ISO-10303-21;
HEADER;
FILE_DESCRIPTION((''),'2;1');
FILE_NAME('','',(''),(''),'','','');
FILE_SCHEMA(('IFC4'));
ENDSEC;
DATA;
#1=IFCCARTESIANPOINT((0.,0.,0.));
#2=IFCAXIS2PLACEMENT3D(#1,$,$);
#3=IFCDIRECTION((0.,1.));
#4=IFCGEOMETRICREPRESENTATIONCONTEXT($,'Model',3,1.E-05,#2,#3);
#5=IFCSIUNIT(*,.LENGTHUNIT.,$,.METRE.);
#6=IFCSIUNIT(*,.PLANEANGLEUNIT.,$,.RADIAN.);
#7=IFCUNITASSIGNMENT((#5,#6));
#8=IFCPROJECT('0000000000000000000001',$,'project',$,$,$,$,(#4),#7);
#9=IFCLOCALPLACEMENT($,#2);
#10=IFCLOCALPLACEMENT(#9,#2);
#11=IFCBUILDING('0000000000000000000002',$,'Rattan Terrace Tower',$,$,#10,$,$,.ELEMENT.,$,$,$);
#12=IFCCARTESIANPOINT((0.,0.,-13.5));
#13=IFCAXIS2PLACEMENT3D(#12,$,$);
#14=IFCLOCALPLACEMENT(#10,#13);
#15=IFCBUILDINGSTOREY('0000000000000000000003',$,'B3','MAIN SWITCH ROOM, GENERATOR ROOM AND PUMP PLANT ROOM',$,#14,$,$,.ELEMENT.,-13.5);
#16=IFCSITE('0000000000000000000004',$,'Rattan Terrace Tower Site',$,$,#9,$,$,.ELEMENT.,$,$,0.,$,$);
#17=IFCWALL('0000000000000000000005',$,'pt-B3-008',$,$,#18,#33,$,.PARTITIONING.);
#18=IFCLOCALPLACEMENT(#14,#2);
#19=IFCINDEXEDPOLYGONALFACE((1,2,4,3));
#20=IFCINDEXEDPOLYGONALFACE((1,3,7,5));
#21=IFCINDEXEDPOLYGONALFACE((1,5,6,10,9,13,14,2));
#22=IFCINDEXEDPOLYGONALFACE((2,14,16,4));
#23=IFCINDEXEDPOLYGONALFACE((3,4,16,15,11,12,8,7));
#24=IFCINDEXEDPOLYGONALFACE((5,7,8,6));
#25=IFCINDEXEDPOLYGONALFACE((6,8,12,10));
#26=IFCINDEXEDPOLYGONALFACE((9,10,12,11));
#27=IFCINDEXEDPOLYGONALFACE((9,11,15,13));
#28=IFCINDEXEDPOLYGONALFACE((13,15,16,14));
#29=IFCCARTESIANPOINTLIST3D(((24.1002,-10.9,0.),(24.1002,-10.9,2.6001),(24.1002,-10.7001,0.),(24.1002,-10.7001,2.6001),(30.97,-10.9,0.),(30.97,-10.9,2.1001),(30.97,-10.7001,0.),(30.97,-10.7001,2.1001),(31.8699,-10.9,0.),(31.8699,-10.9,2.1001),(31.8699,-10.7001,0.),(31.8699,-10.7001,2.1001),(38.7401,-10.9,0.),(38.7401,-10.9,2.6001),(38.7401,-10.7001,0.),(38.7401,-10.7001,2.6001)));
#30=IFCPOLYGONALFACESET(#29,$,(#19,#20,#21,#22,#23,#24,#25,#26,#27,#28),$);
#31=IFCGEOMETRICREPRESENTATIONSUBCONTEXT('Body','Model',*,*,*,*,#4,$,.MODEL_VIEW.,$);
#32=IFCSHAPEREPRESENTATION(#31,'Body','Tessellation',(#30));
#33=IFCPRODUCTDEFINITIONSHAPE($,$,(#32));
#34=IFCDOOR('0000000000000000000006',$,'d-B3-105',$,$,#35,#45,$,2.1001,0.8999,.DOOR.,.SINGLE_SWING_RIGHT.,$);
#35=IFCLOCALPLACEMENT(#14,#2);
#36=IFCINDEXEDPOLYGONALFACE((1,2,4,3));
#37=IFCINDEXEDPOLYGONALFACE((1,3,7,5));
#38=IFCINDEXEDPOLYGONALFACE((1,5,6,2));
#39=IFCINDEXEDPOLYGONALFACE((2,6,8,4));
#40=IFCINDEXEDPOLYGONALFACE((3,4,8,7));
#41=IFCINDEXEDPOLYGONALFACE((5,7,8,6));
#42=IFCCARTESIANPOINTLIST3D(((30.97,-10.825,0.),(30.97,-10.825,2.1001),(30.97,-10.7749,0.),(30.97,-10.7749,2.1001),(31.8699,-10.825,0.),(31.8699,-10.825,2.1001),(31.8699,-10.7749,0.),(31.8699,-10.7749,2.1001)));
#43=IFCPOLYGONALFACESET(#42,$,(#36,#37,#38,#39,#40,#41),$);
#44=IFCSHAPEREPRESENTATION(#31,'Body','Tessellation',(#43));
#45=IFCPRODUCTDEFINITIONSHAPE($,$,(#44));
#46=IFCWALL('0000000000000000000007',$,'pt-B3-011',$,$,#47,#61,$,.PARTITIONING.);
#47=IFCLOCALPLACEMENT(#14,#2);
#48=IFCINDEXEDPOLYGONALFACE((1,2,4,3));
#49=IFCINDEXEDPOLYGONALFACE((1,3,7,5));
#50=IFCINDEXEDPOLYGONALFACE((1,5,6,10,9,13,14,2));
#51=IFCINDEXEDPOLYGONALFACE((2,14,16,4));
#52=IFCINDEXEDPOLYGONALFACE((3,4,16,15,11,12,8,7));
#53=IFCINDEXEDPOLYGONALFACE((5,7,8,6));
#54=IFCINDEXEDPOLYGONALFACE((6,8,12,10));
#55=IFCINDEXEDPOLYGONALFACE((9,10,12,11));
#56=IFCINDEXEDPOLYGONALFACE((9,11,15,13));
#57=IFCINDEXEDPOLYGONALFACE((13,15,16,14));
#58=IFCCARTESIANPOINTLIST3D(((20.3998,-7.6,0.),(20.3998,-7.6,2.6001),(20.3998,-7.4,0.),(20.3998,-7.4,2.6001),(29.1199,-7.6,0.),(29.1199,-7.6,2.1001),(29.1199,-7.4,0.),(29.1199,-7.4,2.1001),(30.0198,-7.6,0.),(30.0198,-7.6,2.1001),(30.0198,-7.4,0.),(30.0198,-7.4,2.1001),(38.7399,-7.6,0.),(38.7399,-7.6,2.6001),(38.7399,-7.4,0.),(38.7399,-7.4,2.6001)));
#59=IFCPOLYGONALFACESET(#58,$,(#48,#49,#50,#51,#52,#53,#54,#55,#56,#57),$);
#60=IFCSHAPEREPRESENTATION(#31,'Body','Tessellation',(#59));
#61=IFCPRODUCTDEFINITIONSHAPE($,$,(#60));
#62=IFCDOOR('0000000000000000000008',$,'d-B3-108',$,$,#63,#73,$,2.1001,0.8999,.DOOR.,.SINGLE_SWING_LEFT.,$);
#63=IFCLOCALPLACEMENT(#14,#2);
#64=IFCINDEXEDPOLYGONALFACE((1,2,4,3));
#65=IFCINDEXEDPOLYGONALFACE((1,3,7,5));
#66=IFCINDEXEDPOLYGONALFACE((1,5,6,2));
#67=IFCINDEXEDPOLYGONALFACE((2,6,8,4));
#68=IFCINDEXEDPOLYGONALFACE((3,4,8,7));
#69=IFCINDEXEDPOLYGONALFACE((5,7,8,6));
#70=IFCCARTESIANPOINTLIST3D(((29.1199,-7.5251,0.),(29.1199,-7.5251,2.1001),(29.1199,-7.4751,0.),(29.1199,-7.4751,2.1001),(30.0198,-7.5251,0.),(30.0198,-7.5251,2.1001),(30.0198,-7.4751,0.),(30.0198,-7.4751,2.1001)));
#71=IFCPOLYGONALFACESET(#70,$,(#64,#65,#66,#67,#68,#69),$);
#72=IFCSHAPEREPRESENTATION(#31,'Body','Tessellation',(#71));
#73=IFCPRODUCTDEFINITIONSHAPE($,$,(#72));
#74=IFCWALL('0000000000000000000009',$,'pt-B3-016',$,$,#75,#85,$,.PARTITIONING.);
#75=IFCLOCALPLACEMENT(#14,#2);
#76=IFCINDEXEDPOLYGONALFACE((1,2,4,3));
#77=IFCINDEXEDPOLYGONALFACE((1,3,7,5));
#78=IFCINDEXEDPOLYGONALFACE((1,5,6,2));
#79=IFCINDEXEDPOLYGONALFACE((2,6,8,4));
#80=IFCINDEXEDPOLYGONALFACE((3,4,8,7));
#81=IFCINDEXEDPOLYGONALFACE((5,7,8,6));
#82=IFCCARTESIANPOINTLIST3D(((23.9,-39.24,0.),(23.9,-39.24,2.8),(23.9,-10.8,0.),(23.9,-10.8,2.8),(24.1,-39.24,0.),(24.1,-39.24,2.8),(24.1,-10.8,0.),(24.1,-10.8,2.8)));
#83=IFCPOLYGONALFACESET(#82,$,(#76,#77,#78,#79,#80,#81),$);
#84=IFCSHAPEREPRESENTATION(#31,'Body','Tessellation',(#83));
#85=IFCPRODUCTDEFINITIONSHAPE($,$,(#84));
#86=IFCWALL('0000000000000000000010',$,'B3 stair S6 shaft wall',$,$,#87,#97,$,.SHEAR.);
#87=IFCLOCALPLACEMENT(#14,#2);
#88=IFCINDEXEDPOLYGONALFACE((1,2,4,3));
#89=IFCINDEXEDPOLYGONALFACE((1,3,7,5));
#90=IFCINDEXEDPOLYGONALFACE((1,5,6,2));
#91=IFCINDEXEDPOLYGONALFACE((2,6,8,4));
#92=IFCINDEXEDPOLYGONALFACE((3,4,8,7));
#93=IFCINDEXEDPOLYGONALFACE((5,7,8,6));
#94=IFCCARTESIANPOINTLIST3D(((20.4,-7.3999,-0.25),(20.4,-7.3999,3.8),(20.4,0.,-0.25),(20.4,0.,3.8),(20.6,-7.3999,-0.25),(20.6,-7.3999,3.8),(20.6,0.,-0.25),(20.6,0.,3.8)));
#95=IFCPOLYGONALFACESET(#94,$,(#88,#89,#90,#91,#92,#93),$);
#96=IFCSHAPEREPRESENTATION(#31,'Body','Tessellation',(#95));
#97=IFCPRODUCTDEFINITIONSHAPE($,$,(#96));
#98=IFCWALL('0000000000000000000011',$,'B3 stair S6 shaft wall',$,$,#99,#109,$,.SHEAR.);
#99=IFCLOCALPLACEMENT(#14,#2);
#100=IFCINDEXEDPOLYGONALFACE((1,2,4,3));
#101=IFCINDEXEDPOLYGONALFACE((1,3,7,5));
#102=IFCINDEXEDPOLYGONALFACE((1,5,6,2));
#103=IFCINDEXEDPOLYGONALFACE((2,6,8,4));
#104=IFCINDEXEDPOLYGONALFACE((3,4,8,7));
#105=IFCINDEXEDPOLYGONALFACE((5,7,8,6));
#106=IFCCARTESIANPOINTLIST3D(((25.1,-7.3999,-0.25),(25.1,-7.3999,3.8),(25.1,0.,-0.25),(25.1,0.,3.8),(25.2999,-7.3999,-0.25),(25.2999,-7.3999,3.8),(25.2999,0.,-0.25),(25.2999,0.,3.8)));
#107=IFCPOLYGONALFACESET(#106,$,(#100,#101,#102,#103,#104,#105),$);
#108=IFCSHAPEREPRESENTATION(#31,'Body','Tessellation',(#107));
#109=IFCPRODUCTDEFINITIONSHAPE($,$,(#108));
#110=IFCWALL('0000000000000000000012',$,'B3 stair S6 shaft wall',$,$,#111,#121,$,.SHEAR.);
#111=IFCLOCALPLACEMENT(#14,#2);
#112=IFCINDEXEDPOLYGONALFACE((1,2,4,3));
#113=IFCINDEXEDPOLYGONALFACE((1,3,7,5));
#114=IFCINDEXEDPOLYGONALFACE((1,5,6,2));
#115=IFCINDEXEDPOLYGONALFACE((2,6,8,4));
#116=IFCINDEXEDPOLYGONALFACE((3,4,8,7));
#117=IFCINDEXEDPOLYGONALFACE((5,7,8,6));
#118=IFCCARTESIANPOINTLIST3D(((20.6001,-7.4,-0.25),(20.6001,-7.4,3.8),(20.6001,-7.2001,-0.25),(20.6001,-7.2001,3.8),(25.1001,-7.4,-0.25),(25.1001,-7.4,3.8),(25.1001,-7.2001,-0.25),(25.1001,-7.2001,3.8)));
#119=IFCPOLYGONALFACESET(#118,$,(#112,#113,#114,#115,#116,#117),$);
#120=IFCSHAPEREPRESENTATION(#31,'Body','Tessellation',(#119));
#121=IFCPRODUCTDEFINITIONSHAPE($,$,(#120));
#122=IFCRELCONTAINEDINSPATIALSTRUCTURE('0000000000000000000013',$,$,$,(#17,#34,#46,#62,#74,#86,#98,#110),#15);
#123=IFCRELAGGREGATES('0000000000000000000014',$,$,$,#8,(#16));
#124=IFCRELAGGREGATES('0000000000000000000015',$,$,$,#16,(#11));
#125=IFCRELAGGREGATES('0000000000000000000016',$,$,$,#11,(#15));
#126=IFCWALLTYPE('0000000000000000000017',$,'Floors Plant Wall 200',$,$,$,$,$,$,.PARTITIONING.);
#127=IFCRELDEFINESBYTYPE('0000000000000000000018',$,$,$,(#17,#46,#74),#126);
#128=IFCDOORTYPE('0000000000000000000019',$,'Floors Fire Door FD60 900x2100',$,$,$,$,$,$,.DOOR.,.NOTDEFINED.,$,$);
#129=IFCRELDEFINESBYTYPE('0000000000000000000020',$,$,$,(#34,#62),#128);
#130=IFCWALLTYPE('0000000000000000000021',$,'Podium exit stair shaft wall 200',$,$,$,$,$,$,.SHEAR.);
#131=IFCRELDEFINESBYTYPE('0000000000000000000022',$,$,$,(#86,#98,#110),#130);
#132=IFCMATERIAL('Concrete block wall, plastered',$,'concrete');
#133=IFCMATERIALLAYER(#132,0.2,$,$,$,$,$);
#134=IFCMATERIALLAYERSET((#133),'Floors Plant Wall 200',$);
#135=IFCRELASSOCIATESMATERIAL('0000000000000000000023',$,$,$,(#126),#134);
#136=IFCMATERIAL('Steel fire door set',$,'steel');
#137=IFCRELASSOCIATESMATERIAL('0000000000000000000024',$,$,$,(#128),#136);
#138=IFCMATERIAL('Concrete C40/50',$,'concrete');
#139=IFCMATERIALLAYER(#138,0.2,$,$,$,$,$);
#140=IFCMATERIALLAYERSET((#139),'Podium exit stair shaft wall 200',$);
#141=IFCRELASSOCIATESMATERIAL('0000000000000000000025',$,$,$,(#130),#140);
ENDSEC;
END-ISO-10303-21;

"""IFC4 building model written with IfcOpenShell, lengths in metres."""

from ifc_helpers import new_model, si_unit, direction, frame, frame_2d, origin, place, context, subcontext, project, spatial, rectangle, extrude, material, layer, layer_set, type_object, element, fill, save


model = new_model("IFC4")

# Units and contexts
model_context = context("Model", 3, precision=1e-05, world=origin(), true_north=direction((0.0, 1.0)))
body_context = subcontext(model_context, "Body", "Model", "MODEL_VIEW")
ifc_project = project(units=[si_unit("LENGTHUNIT", "METRE"), si_unit("PLANEANGLEUNIT", "RADIAN")], contexts=[model_context])

# Site, building, storey
site_placement = place(None, origin())
site = spatial("IfcSite", under=ifc_project, at=site_placement, Name="Rattan Terrace Tower Site", CompositionType="ELEMENT", RefElevation=0.0)
building_placement = place(site_placement, origin())
building = spatial("IfcBuilding", under=site, at=building_placement, Name="Rattan Terrace Tower", CompositionType="ELEMENT")
storey_placement = place(building_placement, frame((0.0, 0.0, -13.5)))
storey = spatial("IfcBuildingStorey", under=building, at=storey_placement, Name="B3", Description="MAIN SWITCH ROOM, GENERATOR ROOM AND PUMP PLANT ROOM", CompositionType="ELEMENT", Elevation=-13.5)

# Walls, openings, doors
ifc_material_1 = material(Name="Concrete block wall, plastered", Category="concrete")
ifc_layer_1 = layer(ifc_material_1, 0.2)
ifc_layer_set_1 = layer_set([ifc_layer_1], Name="Floors Plant Wall 200")
wall_type_1 = type_object("IfcWallType", Name="Floors Plant Wall 200", PredefinedType="PARTITIONING", material=ifc_layer_set_1)
ifc_material_2 = material(Name="Steel fire door set", Category="steel")
door_type = type_object("IfcDoorType", Name="Floors Fire Door FD60 900x2100", OperationType="NOTDEFINED", PredefinedType="DOOR", material=ifc_material_2)
wall_1_placement = place(storey_placement, frame((38.74, -10.8, 0.0), z_axis=(0.0, 0.0, 1.0), x_axis=(-1.0, 0.0, 0.0)))
wall_1 = element("IfcWall", 1, at=wall_1_placement, inside=storey, type_object=wall_type_1, Name="pt-B3-008", PredefinedType="PARTITIONING", context=body_context, shape_type="SweptSolid", body=[
    extrude(rectangle(XDim=14.6399, YDim=0.2, at=frame_2d((7.3198, 0.0))), origin(), (0.0, 0.0, 1.0), 2.6001),
])
opening_1_placement = place(wall_1_placement, frame((6.8701, 0.0, 0.0)))
opening_1 = element("IfcOpeningElement", 2, at=opening_1_placement, cuts=wall_1, PredefinedType="OPENING", context=body_context, shape_type="SweptSolid", body=[
    extrude(rectangle(XDim=0.8999, YDim=2.1001, at=frame_2d((0.45, 1.05))), frame((0.0, 0.1106, 0.0), z_axis=(0.0, -1.0, 0.0), x_axis=(1.0, 0.0, 0.0)), (0.0, 0.0, 1.0), 0.2209),
])
door_1_placement = place(opening_1_placement, origin())
door_1 = element("IfcDoor", 3, at=door_1_placement, inside=storey, type_object=door_type, Name="d-B3-105", OperationType="SINGLE_SWING_RIGHT", OverallHeight=2.1001, OverallWidth=0.8999, PredefinedType="DOOR", context=body_context, shape_type="SweptSolid", body=[
    extrude(rectangle(XDim=0.8999, YDim=2.1001, at=frame_2d((0.45, 1.05))), frame((0.0, 0.0249, 0.0), z_axis=(0.0, -1.0, 0.0), x_axis=(1.0, 0.0, 0.0)), (0.0, 0.0, 1.0), 0.05),
])
fill(opening_1, door_1)
wall_2_placement = place(storey_placement, frame((20.3999, -7.5, 0.0), z_axis=(0.0, 0.0, 1.0), x_axis=(1.0, 0.0, 0.0)))
wall_2 = element("IfcWall", 4, at=wall_2_placement, inside=storey, type_object=wall_type_1, Name="pt-B3-011", PredefinedType="PARTITIONING", context=body_context, shape_type="SweptSolid", body=[
    extrude(rectangle(XDim=18.3401, YDim=0.2, at=frame_2d((9.1699, 0.0))), origin(), (0.0, 0.0, 1.0), 2.6001),
])
opening_2_placement = place(wall_2_placement, frame((8.72, 0.0, 0.0)))
opening_2 = element("IfcOpeningElement", 5, at=opening_2_placement, cuts=wall_2, PredefinedType="OPENING", context=body_context, shape_type="SweptSolid", body=[
    extrude(rectangle(XDim=0.8999, YDim=2.1001, at=frame_2d((0.45, 1.05))), frame((0.0, 0.1106, 0.0), z_axis=(0.0, -1.0, 0.0), x_axis=(1.0, 0.0, 0.0)), (0.0, 0.0, 1.0), 0.2209),
])
door_2_placement = place(opening_2_placement, origin())
door_2 = element("IfcDoor", 6, at=door_2_placement, inside=storey, type_object=door_type, Name="d-B3-108", OperationType="SINGLE_SWING_LEFT", OverallHeight=2.1001, OverallWidth=0.8999, PredefinedType="DOOR", context=body_context, shape_type="SweptSolid", body=[
    extrude(rectangle(XDim=0.8999, YDim=2.1001, at=frame_2d((0.45, 1.05))), frame((0.0, 0.0249, 0.0), z_axis=(0.0, -1.0, 0.0), x_axis=(1.0, 0.0, 0.0)), (0.0, 0.0, 1.0), 0.05),
])
fill(opening_2, door_2)

# Walls
wall_3_placement = place(storey_placement, frame((24.0, -10.8, 0.0), z_axis=(0.0, 0.0, 1.0), x_axis=(0.0, -1.0, 0.0)))
element("IfcWall", 7, at=wall_3_placement, inside=storey, type_object=wall_type_1, Name="pt-B3-016", PredefinedType="PARTITIONING", context=body_context, shape_type="SweptSolid", body=[
    extrude(rectangle(XDim=28.4399, YDim=0.2, at=frame_2d((14.22, 0.0))), origin(), (0.0, 0.0, 1.0), 2.8),
])
ifc_material_3 = material(Name="Concrete C40/50", Category="concrete")
ifc_layer_2 = layer(ifc_material_3, 0.2)
ifc_layer_set_2 = layer_set([ifc_layer_2], Name="Podium exit stair shaft wall 200")
wall_type_2 = type_object("IfcWallType", Name="Podium exit stair shaft wall 200", PredefinedType="SHEAR", material=ifc_layer_set_2)
for number, where, z_axis, x_axis, name in (
    (8, (20.5, -7.3999, -0.25), (0.0, 0.0, 1.0), (0.0, 1.0, 0.0), "B3 stair S6 shaft wall"),
    (9, (25.2, -7.3999, -0.25), (0.0, 0.0, 1.0), (0.0, 1.0, 0.0), "B3 stair S6 shaft wall"),
):
    element("IfcWall", number, at=place(storey_placement, frame(where, z_axis=z_axis, x_axis=x_axis)), inside=storey, type_object=wall_type_2, Name=name, PredefinedType="SHEAR", context=body_context, shape_type="SweptSolid", body=[
        extrude(rectangle(XDim=7.3999, YDim=0.2, at=frame_2d((3.7, 0.0))), origin(), (0.0, 0.0, 1.0), 4.05),
    ])
wall_4_placement = place(storey_placement, frame((20.6001, -7.3, -0.25), z_axis=(0.0, 0.0, 1.0), x_axis=(1.0, 0.0, 0.0)))
element("IfcWall", 10, at=wall_4_placement, inside=storey, type_object=wall_type_2, Name="B3 stair S6 shaft wall", PredefinedType="SHEAR", context=body_context, shape_type="SweptSolid", body=[
    extrude(rectangle(XDim=4.5, YDim=0.2, at=frame_2d((2.25, 0.0))), origin(), (0.0, 0.0, 1.0), 4.05),
])

save(model, "model.ifc")
